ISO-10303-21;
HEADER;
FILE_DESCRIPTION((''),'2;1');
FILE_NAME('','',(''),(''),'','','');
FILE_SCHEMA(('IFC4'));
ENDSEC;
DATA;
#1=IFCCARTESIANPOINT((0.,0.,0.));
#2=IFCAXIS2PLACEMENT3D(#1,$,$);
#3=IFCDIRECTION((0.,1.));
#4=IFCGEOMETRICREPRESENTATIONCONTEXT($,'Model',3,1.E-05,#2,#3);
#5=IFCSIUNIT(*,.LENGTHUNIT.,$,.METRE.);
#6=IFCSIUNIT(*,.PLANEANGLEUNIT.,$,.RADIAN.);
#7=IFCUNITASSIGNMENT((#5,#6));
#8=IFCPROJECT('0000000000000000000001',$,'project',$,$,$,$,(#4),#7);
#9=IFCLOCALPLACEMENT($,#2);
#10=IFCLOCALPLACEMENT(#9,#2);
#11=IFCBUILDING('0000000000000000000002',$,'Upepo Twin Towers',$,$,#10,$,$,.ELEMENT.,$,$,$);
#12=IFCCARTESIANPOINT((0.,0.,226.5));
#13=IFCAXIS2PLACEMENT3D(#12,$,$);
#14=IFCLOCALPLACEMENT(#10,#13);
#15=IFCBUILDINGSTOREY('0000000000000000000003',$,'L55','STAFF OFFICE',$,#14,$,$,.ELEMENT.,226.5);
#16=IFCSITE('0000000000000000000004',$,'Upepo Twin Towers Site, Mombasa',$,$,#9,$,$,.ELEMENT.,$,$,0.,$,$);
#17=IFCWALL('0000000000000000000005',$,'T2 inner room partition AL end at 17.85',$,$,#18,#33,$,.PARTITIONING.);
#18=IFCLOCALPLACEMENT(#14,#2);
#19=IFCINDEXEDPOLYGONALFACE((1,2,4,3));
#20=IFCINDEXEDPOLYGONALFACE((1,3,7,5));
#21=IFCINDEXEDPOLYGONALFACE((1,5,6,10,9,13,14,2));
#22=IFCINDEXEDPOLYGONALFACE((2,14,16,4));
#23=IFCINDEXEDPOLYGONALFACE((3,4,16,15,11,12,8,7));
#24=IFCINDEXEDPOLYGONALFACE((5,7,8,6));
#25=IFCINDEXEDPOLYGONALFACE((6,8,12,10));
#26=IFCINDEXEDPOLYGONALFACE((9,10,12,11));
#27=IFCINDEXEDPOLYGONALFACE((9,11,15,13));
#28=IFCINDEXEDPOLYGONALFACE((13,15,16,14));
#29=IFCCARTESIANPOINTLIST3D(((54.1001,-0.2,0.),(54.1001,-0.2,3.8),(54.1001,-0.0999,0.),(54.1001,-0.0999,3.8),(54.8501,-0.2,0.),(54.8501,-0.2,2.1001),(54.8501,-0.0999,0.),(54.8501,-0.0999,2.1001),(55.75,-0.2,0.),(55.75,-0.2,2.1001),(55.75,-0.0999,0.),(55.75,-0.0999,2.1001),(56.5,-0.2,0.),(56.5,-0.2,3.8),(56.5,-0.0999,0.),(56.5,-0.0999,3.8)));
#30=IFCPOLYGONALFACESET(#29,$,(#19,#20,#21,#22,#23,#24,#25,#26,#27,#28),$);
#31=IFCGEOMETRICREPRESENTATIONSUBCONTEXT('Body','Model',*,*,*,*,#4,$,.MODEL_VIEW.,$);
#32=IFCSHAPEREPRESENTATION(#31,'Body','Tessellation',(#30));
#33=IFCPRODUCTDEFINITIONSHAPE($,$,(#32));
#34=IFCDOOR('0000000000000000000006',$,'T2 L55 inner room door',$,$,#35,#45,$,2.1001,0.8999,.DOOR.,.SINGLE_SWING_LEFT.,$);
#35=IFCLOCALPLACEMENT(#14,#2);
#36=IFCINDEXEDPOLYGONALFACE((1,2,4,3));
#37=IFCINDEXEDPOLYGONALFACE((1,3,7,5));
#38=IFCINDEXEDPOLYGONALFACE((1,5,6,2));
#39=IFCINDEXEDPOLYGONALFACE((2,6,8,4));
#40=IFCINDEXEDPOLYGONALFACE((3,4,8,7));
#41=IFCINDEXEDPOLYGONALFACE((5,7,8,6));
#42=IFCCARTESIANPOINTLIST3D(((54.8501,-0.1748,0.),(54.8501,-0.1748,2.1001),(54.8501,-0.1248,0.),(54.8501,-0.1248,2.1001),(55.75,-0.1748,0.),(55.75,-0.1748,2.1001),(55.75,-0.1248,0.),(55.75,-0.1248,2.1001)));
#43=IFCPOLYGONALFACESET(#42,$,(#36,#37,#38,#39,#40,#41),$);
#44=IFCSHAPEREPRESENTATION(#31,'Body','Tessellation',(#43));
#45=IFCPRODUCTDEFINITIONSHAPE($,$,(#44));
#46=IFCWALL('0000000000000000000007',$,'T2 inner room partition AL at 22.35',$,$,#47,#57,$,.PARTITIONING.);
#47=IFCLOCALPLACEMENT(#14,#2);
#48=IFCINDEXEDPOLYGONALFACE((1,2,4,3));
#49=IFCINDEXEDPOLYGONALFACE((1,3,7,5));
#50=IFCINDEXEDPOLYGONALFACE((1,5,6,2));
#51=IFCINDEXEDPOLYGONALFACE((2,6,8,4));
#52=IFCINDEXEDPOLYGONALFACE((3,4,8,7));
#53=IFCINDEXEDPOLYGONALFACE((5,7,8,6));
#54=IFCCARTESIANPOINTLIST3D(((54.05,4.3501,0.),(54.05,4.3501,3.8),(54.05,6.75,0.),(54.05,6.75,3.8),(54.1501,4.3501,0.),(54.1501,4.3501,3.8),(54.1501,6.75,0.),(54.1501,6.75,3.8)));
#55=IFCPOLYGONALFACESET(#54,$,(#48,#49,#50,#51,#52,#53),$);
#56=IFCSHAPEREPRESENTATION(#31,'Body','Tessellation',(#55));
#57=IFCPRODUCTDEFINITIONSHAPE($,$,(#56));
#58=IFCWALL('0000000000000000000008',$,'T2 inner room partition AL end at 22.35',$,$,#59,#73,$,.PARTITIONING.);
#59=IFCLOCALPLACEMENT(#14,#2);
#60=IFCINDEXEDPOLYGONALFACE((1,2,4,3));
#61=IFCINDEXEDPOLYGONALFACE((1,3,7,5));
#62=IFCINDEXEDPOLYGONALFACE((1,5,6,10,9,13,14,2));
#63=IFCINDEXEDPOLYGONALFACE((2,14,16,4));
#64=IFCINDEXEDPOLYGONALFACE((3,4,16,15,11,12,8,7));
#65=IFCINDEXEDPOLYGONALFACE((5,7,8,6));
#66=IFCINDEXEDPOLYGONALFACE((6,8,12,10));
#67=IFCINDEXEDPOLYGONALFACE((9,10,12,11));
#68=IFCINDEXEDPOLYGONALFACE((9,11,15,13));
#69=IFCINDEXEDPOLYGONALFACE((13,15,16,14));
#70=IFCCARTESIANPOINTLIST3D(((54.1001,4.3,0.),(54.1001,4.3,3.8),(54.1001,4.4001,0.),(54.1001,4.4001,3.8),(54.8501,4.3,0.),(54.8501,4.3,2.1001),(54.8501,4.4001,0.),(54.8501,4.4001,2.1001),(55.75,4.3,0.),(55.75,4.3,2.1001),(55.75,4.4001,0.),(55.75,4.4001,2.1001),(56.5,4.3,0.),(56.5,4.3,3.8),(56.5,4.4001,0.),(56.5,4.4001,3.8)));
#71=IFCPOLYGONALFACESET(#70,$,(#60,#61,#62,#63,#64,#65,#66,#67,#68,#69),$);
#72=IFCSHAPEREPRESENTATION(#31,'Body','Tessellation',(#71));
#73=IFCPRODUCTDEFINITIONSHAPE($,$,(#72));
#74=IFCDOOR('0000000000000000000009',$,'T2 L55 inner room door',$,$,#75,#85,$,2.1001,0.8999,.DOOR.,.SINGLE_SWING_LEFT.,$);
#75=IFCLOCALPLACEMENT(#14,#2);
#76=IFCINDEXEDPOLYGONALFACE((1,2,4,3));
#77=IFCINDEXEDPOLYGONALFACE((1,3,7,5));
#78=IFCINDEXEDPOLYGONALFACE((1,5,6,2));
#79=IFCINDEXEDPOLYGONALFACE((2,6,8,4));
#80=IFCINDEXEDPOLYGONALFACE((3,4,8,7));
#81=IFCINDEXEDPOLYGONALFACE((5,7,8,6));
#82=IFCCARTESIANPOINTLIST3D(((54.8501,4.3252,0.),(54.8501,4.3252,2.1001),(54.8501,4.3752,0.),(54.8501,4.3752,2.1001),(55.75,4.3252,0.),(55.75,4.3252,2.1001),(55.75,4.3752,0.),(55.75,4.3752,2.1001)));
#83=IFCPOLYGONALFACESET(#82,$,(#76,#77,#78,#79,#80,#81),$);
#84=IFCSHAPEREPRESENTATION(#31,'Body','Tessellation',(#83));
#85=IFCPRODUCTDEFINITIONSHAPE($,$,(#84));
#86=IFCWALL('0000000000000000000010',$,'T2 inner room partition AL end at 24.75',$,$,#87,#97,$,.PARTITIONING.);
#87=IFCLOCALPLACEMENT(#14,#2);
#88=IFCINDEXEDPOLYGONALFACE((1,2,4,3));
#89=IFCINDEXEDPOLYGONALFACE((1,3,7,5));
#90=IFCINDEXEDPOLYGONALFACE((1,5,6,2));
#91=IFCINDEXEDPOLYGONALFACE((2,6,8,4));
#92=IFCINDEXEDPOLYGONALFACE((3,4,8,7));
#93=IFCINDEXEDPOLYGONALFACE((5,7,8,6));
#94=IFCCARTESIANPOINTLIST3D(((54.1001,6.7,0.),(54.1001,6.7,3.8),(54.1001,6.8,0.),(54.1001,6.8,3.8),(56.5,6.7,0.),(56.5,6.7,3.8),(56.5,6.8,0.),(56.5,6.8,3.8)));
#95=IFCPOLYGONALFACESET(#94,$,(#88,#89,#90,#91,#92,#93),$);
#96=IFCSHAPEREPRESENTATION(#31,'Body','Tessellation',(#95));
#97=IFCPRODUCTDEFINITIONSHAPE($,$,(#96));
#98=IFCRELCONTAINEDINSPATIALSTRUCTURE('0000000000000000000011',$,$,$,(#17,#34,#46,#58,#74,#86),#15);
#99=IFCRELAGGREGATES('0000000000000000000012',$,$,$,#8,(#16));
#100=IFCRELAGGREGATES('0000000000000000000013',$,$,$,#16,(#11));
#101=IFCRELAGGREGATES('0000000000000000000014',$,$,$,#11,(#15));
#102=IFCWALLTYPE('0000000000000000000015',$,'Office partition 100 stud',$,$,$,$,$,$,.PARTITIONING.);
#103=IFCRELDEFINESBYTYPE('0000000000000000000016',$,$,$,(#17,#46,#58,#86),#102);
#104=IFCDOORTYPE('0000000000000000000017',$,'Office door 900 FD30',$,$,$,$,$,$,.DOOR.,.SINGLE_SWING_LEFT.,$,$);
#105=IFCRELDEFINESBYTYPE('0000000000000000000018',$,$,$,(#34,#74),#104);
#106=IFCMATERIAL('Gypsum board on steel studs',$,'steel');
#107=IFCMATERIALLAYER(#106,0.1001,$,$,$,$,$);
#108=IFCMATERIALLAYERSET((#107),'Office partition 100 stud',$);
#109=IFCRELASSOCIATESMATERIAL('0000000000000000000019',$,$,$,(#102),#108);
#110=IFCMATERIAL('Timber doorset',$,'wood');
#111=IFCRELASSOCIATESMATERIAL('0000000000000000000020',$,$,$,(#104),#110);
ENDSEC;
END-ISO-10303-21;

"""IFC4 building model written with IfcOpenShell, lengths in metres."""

from ifc_helpers import new_model, si_unit, direction, frame, frame_2d, origin, place, context, subcontext, project, spatial, rectangle, extrude, material, layer, layer_set, type_object, element, fill, save


model = new_model("IFC4")

# Units and contexts
model_context = context("Model", 3, precision=1e-05, world=origin(), true_north=direction((0.0, 1.0)))
body_context = subcontext(model_context, "Body", "Model", "MODEL_VIEW")
ifc_project = project(units=[si_unit("LENGTHUNIT", "METRE"), si_unit("PLANEANGLEUNIT", "RADIAN")], contexts=[model_context])

# Site, building, storey
site_placement = place(None, origin())
site = spatial("IfcSite", under=ifc_project, at=site_placement, Name="Upepo Twin Towers Site, Mombasa", CompositionType="ELEMENT", RefElevation=0.0)
building_placement = place(site_placement, origin())
building = spatial("IfcBuilding", under=site, at=building_placement, Name="Upepo Twin Towers", CompositionType="ELEMENT")
storey_placement = place(building_placement, frame((0.0, 0.0, 226.5)))
storey = spatial("IfcBuildingStorey", under=building, at=storey_placement, Name="L55", Description="STAFF OFFICE", CompositionType="ELEMENT", Elevation=226.5)

# Shared definitions
ifc_material_1 = material(Name="Gypsum board on steel studs", Category="steel")
ifc_layer_1 = layer(ifc_material_1, 0.1001)
ifc_layer_set_1 = layer_set([ifc_layer_1], Name="Office partition 100 stud")
wall_type_1 = type_object("IfcWallType", Name="Office partition 100 stud", PredefinedType="PARTITIONING", material=ifc_layer_set_1)

# Wall, opening, door
wall_1_placement = place(storey_placement, frame((56.5, -0.1499, 0.0), z_axis=(0.0, 0.0, 1.0), x_axis=(-1.0, 0.0, 0.0)))
wall_1 = element("IfcWall", 1, at=wall_1_placement, inside=storey, type_object=wall_type_1, Name="T2 inner room partition AL end at 17.85", PredefinedType="PARTITIONING", context=body_context, shape_type="SweptSolid", body=[
    extrude(rectangle(XDim=2.3999, YDim=0.1001, at=frame_2d((1.2, 0.0))), origin(), (0.0, 0.0, 1.0), 3.8),
])
opening_1_placement = place(wall_1_placement, frame((0.75, 0.0, 0.0)))
opening_1 = element("IfcOpeningElement", 2, at=opening_1_placement, cuts=wall_1, PredefinedType="OPENING", context=body_context, shape_type="SweptSolid", body=[
    extrude(rectangle(XDim=0.8999, YDim=2.1001, at=frame_2d((0.45, 1.05))), frame((0.0, 0.0601, 0.0), z_axis=(0.0, -1.0, 0.0), x_axis=(1.0, 0.0, 0.0)), (0.0, 0.0, 1.0), 0.1201),
])
ifc_material_2 = material(Name="Timber doorset", Category="wood")
door_type = type_object("IfcDoorType", Name="Office door 900 FD30", OperationType="SINGLE_SWING_LEFT", PredefinedType="DOOR", material=ifc_material_2)
door_1_placement = place(opening_1_placement, origin())
door_1 = element("IfcDoor", 3, at=door_1_placement, inside=storey, type_object=door_type, Name="T2 L55 inner room door", OperationType="SINGLE_SWING_LEFT", OverallHeight=2.1001, OverallWidth=0.8999, PredefinedType="DOOR", context=body_context, shape_type="SweptSolid", body=[
    extrude(rectangle(XDim=0.8999, YDim=2.1001, at=frame_2d((0.45, 1.05))), frame((0.0, 0.0249, 0.0), z_axis=(0.0, -1.0, 0.0), x_axis=(1.0, 0.0, 0.0)), (0.0, 0.0, 1.0), 0.05),
])
fill(opening_1, door_1)

# Wall
wall_2_placement = place(storey_placement, frame((54.1001, 4.3501, 0.0), z_axis=(0.0, 0.0, 1.0), x_axis=(0.0, 1.0, 0.0)))
element("IfcWall", 4, at=wall_2_placement, inside=storey, type_object=wall_type_1, Name="T2 inner room partition AL at 22.35", PredefinedType="PARTITIONING", context=body_context, shape_type="SweptSolid", body=[
    extrude(rectangle(XDim=2.3999, YDim=0.1001, at=frame_2d((1.2, 0.0))), origin(), (0.0, 0.0, 1.0), 3.8),
])

# Wall, opening, door
wall_3_placement = place(storey_placement, frame((56.5, 4.3501, 0.0), z_axis=(0.0, 0.0, 1.0), x_axis=(-1.0, 0.0, 0.0)))
wall_3 = element("IfcWall", 5, at=wall_3_placement, inside=storey, type_object=wall_type_1, Name="T2 inner room partition AL end at 22.35", PredefinedType="PARTITIONING", context=body_context, shape_type="SweptSolid", body=[
    extrude(rectangle(XDim=2.3999, YDim=0.1001, at=frame_2d((1.2, 0.0))), origin(), (0.0, 0.0, 1.0), 3.8),
])
opening_2_placement = place(wall_3_placement, frame((0.75, 0.0, 0.0)))
opening_2 = element("IfcOpeningElement", 6, at=opening_2_placement, cuts=wall_3, PredefinedType="OPENING", context=body_context, shape_type="SweptSolid", body=[
    extrude(rectangle(XDim=0.8999, YDim=2.1001, at=frame_2d((0.45, 1.05))), frame((0.0, 0.0601, 0.0), z_axis=(0.0, -1.0, 0.0), x_axis=(1.0, 0.0, 0.0)), (0.0, 0.0, 1.0), 0.1201),
])
door_2_placement = place(opening_2_placement, origin())
door_2 = element("IfcDoor", 7, at=door_2_placement, inside=storey, type_object=door_type, Name="T2 L55 inner room door", OperationType="SINGLE_SWING_LEFT", OverallHeight=2.1001, OverallWidth=0.8999, PredefinedType="DOOR", context=body_context, shape_type="SweptSolid", body=[
    extrude(rectangle(XDim=0.8999, YDim=2.1001, at=frame_2d((0.45, 1.05))), frame((0.0, 0.0249, 0.0), z_axis=(0.0, -1.0, 0.0), x_axis=(1.0, 0.0, 0.0)), (0.0, 0.0, 1.0), 0.05),
])
fill(opening_2, door_2)

# Wall
wall_4_placement = place(storey_placement, frame((56.5, 6.75, 0.0), z_axis=(0.0, 0.0, 1.0), x_axis=(-1.0, 0.0, 0.0)))
element("IfcWall", 8, at=wall_4_placement, inside=storey, type_object=wall_type_1, Name="T2 inner room partition AL end at 24.75", PredefinedType="PARTITIONING", context=body_context, shape_type="SweptSolid", body=[
    extrude(rectangle(XDim=2.3999, YDim=0.1001, at=frame_2d((1.2, 0.0))), origin(), (0.0, 0.0, 1.0), 3.8),
])

save(model, "model.ifc")
